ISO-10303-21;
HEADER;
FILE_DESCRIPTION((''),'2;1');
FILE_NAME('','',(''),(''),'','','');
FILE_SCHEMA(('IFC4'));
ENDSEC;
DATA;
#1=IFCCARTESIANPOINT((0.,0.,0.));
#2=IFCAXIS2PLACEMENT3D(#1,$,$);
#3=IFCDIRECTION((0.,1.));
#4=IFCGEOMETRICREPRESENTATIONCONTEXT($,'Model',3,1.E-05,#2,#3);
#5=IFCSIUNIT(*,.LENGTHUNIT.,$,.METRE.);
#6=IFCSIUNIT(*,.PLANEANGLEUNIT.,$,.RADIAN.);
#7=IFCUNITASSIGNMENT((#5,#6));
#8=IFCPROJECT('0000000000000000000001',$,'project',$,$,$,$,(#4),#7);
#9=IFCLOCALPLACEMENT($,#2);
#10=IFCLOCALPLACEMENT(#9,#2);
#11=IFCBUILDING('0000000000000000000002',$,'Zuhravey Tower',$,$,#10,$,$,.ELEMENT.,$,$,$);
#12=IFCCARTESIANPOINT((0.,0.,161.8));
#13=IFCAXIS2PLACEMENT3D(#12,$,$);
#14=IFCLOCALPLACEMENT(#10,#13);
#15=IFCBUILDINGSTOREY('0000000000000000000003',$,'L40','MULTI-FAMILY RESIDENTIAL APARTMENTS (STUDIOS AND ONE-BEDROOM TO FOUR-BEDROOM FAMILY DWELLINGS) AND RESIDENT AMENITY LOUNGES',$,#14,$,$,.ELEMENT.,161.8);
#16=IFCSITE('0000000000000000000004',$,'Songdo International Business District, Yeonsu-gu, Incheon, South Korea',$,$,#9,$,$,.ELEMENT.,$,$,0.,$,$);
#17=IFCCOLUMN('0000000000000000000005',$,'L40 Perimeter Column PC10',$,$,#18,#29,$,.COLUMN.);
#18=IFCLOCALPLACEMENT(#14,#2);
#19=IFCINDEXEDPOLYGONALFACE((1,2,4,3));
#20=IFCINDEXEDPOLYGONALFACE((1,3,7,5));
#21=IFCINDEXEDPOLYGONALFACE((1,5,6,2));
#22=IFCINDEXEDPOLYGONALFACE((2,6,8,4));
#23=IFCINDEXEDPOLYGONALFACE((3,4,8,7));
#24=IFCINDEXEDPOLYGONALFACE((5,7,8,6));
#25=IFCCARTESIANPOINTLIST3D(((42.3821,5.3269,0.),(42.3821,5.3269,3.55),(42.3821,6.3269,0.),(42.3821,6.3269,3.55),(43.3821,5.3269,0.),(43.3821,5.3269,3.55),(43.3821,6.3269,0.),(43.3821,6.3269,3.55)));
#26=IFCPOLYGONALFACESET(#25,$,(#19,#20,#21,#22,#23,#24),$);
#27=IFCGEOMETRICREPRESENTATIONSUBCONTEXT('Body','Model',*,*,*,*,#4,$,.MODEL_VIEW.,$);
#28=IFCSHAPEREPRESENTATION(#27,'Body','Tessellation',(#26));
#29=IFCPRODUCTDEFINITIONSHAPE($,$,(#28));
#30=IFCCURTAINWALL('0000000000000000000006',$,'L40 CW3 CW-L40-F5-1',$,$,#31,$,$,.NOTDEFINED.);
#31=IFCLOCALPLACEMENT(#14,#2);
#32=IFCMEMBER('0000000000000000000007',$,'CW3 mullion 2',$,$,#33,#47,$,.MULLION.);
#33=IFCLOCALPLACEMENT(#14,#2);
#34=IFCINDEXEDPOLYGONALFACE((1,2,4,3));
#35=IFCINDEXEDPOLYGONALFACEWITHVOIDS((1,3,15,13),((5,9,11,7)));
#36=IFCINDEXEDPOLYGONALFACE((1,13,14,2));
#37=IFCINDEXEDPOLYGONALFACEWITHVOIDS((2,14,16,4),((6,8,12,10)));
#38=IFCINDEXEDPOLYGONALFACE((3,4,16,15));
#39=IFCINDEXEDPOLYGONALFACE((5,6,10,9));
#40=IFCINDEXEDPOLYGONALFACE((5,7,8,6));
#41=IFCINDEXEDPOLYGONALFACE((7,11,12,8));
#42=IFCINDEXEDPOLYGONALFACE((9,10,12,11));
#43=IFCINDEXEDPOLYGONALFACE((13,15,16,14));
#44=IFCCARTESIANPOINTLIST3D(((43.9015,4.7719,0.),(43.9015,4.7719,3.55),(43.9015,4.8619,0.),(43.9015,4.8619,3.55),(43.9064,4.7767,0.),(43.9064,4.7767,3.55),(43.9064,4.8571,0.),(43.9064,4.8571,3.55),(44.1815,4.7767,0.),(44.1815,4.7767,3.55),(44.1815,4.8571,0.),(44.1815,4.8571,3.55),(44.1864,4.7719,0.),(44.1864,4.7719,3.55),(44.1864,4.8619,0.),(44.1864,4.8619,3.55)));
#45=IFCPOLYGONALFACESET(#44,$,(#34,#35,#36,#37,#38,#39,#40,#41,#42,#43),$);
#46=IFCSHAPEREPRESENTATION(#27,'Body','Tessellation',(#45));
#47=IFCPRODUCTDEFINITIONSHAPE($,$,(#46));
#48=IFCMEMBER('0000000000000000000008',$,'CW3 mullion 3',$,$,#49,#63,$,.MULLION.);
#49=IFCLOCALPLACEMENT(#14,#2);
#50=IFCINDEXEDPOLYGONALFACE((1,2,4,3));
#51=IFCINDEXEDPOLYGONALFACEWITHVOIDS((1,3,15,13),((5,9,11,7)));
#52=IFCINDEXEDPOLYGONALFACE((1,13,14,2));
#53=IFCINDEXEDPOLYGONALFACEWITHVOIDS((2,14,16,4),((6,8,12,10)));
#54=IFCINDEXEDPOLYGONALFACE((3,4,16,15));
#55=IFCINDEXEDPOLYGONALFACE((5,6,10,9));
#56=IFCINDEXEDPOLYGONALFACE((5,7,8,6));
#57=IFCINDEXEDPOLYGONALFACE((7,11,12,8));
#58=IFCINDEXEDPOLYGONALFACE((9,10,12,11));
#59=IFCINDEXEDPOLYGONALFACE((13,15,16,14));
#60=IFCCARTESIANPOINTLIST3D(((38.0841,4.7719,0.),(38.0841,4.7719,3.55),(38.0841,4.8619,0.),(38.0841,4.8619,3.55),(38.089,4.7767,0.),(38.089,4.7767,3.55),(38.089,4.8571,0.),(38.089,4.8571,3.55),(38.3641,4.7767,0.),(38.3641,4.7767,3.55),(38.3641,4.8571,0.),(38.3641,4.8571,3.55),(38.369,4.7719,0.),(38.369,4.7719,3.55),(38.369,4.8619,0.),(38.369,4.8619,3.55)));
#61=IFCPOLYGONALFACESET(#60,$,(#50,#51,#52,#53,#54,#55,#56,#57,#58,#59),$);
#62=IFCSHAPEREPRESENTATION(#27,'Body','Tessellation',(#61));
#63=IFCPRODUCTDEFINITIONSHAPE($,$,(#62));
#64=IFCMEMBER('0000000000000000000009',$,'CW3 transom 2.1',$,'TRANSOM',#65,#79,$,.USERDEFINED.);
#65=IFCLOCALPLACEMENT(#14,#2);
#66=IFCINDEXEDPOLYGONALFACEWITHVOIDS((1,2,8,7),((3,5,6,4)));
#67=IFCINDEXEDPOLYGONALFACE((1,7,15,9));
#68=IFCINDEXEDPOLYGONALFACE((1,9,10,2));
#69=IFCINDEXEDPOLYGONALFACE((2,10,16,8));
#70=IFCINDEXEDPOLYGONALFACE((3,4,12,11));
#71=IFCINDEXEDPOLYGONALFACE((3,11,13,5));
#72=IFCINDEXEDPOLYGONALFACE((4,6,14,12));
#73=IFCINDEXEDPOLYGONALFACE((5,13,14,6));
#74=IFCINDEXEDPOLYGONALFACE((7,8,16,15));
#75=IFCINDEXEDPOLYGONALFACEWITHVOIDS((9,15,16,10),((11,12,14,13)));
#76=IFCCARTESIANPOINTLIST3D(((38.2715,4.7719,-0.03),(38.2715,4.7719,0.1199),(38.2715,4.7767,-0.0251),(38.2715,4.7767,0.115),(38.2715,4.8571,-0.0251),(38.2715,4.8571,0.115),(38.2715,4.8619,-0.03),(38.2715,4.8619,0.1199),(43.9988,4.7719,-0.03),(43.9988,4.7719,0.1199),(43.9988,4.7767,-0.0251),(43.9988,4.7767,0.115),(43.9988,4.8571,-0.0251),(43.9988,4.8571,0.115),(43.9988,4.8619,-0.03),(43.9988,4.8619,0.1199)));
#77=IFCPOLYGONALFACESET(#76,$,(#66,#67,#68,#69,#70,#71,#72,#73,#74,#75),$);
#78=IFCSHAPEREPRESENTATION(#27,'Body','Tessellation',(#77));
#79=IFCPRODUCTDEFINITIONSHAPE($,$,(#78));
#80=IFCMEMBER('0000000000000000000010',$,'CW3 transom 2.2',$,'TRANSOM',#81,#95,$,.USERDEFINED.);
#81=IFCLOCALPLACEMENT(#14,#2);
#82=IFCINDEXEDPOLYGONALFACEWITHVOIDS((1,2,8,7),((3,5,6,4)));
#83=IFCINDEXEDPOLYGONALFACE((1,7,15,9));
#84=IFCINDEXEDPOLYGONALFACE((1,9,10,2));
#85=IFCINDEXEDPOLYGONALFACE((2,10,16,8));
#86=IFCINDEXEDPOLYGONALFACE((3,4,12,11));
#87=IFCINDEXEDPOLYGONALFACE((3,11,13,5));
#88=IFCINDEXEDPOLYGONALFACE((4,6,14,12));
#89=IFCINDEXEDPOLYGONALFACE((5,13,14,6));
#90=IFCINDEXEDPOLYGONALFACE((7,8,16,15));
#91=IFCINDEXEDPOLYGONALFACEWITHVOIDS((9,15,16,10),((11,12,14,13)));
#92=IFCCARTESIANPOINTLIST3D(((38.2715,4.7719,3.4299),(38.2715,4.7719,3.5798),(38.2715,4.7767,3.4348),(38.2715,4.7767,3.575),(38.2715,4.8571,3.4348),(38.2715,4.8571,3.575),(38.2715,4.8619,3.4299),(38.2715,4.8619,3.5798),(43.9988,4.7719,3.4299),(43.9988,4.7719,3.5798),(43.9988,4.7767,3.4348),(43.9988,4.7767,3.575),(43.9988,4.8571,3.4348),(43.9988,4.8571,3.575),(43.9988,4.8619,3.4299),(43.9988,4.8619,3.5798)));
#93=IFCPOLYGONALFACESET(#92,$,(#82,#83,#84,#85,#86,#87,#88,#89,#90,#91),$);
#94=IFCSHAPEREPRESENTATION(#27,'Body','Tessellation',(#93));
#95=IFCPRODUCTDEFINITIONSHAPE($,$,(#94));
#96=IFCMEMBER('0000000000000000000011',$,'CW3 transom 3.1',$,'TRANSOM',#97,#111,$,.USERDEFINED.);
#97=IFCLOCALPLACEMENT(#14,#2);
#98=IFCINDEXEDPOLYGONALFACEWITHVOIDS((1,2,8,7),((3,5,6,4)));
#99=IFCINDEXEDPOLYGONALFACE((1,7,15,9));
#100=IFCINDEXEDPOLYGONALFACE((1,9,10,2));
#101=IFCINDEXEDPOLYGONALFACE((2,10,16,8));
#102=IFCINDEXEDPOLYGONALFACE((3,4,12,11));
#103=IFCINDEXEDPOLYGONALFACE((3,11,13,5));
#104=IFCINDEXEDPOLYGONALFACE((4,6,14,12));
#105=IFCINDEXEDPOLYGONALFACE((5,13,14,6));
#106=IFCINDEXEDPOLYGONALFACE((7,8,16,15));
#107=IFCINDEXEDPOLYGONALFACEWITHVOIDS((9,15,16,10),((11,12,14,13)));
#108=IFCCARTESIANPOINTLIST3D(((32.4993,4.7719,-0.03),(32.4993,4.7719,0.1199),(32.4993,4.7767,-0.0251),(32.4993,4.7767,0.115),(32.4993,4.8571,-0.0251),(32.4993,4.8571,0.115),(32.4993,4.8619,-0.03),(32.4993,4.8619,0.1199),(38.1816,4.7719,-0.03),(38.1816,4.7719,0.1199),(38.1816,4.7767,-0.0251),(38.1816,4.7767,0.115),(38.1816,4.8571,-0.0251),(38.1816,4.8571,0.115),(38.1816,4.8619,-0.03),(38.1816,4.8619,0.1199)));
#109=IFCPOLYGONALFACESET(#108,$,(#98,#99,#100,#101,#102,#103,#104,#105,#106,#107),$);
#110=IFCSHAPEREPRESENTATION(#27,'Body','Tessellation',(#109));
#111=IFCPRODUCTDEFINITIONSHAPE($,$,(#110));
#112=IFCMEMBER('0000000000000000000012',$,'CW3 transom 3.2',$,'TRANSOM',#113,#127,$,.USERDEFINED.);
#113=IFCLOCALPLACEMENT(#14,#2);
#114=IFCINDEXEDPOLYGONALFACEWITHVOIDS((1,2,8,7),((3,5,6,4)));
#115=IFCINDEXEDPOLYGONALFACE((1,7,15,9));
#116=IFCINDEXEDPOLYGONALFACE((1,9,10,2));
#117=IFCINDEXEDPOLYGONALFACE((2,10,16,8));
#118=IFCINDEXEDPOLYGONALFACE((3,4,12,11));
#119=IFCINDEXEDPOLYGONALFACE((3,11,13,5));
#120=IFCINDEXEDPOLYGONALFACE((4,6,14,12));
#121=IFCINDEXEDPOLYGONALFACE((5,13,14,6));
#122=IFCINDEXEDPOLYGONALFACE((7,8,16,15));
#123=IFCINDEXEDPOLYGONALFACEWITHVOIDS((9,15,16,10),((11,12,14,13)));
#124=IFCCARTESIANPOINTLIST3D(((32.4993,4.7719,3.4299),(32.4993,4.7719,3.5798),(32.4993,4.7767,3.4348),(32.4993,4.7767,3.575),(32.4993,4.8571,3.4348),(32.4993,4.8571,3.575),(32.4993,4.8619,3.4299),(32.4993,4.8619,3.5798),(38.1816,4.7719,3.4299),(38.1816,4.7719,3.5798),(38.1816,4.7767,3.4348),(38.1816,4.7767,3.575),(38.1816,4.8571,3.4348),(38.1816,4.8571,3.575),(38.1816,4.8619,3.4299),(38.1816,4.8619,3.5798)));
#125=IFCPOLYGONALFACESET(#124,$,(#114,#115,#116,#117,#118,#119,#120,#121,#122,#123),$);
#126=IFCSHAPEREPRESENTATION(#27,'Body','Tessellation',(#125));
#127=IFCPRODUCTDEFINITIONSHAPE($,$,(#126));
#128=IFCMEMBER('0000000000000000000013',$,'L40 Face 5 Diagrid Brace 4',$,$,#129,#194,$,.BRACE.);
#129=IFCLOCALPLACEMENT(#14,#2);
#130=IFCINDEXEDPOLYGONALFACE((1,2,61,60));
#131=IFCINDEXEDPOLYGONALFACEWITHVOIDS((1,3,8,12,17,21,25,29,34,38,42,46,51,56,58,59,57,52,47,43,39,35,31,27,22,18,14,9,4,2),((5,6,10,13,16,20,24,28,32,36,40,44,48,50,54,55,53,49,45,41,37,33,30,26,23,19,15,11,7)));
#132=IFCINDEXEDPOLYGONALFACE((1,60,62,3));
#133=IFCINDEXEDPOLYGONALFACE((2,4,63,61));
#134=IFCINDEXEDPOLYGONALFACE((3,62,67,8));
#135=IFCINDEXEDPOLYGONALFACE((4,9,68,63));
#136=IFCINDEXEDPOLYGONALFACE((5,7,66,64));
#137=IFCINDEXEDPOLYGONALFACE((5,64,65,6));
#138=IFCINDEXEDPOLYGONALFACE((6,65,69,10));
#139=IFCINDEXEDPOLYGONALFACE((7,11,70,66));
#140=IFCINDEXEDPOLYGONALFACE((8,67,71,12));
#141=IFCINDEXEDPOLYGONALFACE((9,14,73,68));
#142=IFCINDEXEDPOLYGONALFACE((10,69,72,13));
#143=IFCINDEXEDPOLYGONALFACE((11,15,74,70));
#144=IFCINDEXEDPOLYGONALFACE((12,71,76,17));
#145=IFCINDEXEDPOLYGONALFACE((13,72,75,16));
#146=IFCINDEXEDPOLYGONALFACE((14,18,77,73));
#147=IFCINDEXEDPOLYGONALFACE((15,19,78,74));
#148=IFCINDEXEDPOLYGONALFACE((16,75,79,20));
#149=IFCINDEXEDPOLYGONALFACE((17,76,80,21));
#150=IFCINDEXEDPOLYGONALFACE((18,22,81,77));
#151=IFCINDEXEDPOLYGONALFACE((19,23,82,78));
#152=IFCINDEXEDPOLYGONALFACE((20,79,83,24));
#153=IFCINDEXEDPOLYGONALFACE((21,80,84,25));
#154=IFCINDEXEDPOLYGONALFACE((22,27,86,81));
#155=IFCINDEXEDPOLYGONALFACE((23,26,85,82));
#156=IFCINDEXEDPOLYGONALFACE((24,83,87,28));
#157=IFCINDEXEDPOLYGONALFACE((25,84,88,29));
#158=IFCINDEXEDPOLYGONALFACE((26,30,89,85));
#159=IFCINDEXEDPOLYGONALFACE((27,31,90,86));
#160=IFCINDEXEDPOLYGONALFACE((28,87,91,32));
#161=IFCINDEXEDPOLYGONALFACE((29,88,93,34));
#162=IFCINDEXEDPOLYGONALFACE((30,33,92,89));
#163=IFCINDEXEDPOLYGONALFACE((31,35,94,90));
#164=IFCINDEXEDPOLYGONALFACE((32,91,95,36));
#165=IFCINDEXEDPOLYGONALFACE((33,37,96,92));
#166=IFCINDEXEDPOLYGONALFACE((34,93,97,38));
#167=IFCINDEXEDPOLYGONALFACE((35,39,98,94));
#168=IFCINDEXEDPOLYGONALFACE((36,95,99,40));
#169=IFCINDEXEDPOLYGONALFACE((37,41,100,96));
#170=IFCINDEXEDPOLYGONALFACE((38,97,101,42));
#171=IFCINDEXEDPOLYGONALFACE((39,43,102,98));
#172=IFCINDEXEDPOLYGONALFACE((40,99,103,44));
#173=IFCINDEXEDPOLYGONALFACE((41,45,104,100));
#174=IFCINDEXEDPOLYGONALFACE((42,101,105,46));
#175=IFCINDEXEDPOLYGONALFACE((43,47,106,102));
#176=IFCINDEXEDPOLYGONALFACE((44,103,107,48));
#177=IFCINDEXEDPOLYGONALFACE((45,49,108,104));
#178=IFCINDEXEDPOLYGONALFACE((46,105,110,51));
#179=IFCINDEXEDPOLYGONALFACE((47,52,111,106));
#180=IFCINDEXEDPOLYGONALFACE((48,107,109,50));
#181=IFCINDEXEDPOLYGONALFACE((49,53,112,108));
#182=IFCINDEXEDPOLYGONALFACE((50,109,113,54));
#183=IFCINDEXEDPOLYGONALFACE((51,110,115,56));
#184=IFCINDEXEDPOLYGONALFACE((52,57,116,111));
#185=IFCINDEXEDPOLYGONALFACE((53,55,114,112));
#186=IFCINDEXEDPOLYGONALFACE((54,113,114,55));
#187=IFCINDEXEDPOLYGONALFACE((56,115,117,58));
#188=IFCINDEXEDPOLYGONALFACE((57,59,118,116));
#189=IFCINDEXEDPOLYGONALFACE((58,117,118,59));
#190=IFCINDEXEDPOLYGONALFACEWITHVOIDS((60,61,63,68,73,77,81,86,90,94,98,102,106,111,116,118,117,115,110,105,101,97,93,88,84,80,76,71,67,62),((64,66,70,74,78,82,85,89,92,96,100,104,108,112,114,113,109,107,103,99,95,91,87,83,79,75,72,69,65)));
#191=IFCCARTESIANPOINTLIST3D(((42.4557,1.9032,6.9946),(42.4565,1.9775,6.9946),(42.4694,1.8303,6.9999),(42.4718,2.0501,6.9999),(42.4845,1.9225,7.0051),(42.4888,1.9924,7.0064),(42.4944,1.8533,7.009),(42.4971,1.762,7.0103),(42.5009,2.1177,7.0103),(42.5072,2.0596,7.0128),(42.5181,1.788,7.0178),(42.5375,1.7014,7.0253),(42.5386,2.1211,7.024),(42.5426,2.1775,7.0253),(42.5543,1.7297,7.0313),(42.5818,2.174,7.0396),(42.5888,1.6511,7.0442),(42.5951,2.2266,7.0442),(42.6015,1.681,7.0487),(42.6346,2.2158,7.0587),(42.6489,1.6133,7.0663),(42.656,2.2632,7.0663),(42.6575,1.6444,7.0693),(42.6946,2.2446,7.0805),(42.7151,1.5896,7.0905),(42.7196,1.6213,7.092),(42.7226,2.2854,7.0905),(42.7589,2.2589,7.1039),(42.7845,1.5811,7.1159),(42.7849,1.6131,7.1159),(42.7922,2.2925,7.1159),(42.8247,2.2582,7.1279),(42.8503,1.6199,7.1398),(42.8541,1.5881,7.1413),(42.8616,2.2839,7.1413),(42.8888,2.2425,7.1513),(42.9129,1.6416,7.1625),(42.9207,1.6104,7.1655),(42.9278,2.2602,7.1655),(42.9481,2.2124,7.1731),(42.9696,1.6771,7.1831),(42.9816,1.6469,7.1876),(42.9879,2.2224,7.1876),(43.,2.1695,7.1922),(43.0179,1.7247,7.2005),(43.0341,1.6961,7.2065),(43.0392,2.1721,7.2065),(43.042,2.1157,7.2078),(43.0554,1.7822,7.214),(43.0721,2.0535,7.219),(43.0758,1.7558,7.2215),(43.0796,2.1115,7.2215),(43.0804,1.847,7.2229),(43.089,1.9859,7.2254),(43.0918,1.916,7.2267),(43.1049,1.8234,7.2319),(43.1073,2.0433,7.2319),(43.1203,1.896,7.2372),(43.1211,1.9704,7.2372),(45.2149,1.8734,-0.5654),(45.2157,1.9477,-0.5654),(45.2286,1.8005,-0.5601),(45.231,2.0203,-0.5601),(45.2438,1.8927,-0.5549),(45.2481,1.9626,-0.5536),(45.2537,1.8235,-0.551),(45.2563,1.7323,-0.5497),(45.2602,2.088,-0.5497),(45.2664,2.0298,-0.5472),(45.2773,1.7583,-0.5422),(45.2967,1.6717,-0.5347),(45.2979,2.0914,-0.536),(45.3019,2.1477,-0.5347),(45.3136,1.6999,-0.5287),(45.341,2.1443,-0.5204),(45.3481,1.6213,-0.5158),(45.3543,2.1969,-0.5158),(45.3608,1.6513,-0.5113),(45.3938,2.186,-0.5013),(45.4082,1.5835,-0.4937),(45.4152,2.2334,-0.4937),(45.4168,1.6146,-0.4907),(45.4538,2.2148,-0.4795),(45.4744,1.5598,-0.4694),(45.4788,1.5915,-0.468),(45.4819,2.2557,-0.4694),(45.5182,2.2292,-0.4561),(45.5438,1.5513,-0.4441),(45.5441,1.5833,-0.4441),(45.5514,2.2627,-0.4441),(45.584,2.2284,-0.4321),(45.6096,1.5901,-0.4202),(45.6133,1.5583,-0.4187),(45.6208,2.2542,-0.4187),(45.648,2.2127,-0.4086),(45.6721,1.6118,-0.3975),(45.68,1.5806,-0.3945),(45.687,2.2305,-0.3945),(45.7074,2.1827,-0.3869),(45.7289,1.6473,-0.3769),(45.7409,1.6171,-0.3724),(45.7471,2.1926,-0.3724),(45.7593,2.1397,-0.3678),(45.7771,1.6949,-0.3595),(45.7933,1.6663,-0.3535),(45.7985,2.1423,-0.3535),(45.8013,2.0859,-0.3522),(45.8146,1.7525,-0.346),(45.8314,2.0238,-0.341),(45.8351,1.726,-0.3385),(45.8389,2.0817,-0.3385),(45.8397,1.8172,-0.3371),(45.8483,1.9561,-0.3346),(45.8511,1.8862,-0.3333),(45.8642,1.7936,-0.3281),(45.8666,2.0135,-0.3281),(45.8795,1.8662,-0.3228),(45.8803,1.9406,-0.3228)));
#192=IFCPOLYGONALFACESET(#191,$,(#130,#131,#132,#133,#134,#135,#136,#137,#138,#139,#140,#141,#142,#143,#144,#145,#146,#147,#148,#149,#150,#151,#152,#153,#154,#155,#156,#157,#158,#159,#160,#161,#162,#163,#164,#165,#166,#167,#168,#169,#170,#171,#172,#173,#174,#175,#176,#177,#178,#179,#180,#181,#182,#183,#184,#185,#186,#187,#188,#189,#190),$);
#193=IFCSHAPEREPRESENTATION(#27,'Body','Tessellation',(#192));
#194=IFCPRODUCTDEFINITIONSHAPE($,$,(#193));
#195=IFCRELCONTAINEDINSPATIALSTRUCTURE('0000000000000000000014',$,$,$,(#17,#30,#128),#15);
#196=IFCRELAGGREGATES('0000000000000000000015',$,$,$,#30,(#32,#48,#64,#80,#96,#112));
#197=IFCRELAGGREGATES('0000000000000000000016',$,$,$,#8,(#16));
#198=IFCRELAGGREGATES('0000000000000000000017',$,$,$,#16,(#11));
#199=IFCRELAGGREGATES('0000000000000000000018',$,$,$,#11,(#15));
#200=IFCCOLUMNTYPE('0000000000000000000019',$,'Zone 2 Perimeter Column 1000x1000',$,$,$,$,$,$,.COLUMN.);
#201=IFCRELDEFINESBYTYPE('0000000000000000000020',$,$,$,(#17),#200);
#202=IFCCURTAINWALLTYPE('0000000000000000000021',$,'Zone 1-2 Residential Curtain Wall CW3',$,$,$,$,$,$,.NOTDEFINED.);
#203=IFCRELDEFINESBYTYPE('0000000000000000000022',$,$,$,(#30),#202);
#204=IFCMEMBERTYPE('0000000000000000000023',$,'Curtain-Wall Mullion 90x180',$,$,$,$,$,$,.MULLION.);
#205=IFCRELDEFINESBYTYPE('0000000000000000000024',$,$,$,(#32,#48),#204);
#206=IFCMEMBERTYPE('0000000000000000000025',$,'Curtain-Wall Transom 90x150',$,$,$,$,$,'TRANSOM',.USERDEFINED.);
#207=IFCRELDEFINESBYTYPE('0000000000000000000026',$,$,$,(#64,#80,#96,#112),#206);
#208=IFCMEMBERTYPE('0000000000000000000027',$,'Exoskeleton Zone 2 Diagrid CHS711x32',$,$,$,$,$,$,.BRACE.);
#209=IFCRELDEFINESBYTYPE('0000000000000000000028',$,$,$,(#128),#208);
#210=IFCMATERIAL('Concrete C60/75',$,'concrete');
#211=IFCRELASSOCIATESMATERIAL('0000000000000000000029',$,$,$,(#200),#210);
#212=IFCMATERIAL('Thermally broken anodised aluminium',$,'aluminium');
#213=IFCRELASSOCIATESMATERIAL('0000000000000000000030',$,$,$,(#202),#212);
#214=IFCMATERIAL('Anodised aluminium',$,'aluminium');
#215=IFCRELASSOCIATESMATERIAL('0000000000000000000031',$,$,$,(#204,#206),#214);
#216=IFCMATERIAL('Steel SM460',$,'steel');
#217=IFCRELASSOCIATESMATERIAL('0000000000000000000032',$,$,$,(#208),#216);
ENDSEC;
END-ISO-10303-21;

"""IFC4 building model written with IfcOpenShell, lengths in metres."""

from ifc_helpers import new_model, si_unit, direction, frame, origin, origin_2d, place, context, subcontext, project, spatial, rectangle, hollow_rectangle, hollow_circle, extrude, material, material_profile, profile_set, type_object, element, aggregate, save


model = new_model("IFC4")

# Units and contexts
model_context = context("Model", 3, precision=1e-05, world=origin(), true_north=direction((0.0, 1.0)))
body_context = subcontext(model_context, "Body", "Model", "MODEL_VIEW")
ifc_project = project(units=[si_unit("LENGTHUNIT", "METRE"), si_unit("PLANEANGLEUNIT", "RADIAN")], contexts=[model_context])

# Site, building, storey
site_placement = place(None, origin())
site = spatial("IfcSite", under=ifc_project, at=site_placement, Name="Songdo International Business District, Yeonsu-gu, Incheon, South Korea", CompositionType="ELEMENT", RefElevation=0.0)
building_placement = place(site_placement, origin())
building = spatial("IfcBuilding", under=site, at=building_placement, Name="Zuhravey Tower", CompositionType="ELEMENT")
storey_placement = place(building_placement, frame((0.0, 0.0, 161.8)))
storey = spatial("IfcBuildingStorey", under=building, at=storey_placement, Name="L40", Description="MULTI-FAMILY RESIDENTIAL APARTMENTS (STUDIOS AND ONE-BEDROOM TO FOUR-BEDROOM FAMILY DWELLINGS) AND RESIDENT AMENITY LOUNGES", CompositionType="ELEMENT", Elevation=161.8)

# Column
ifc_material_1 = material(Name="Concrete C60/75", Category="concrete")
ifc_material_profile_1 = material_profile(ifc_material_1, rectangle(XDim=1.0, YDim=1.0, at=origin_2d()), Name="RC-1000x1000")
ifc_profile_set_1 = profile_set([ifc_material_profile_1], Name="Concrete C60/75")
column_type = type_object("IfcColumnType", Name="Zone 2 Perimeter Column 1000x1000", PredefinedType="COLUMN", material=ifc_profile_set_1)
column_placement = place(storey_placement, frame((42.8821, 5.8269, 0.0), z_axis=(0.0, 0.0, 1.0), x_axis=(1.0, 0.0, 0.0)))
element("IfcColumn", 1, at=column_placement, inside=storey, type_object=column_type, Name="L40 Perimeter Column PC10", PredefinedType="COLUMN", context=body_context, shape_type="SweptSolid", body=[
    extrude(rectangle(XDim=1.0, YDim=1.0, at=origin_2d()), origin(), (0.0, 0.0, 1.0), 3.55),
])

# Curtain wall, members
ifc_material_2 = material(Name="Thermally broken anodised aluminium", Category="aluminium")
curtain_wall_type = type_object("IfcCurtainWallType", Name="Zone 1-2 Residential Curtain Wall CW3", PredefinedType="NOTDEFINED", material=ifc_material_2)
curtain_wall_placement = place(storey_placement, origin())
curtain_wall = element("IfcCurtainWall", 2, at=curtain_wall_placement, inside=storey, type_object=curtain_wall_type, Name="L40 CW3 CW-L40-F5-1", PredefinedType="NOTDEFINED")
ifc_material_3 = material(Name="Anodised aluminium", Category="aluminium")
ifc_material_profile_2 = material_profile(ifc_material_3, hollow_rectangle(XDim=0.0901, YDim=0.2849, WallThickness=0.0049, at=origin_2d()), Name="ALU-RHS-90x285x5")
ifc_profile_set_2 = profile_set([ifc_material_profile_2], Name="Anodised aluminium")
member_type_1 = type_object("IfcMemberType", Name="Curtain-Wall Mullion 90x180", PredefinedType="MULLION", material=ifc_profile_set_2)
member_1_placement = place(storey_placement, frame((44.0439, 4.8169, 0.0), z_axis=(0.0, 0.0, 1.0), x_axis=(0.0, -1.0, 0.0)))
member_1 = element("IfcMember", 3, at=member_1_placement, type_object=member_type_1, Name="CW3 mullion 2", PredefinedType="MULLION", context=body_context, shape_type="SweptSolid", body=[
    extrude(hollow_rectangle(XDim=0.0901, YDim=0.2849, WallThickness=0.0049, at=origin_2d()), origin(), (0.0, 0.0, 1.0), 3.55),
])
member_2_placement = place(storey_placement, frame((38.2266, 4.8169, 0.0), z_axis=(0.0, 0.0, 1.0), x_axis=(0.0, -1.0, 0.0)))
member_2 = element("IfcMember", 4, at=member_2_placement, type_object=member_type_1, Name="CW3 mullion 3", PredefinedType="MULLION", context=body_context, shape_type="SweptSolid", body=[
    extrude(hollow_rectangle(XDim=0.0901, YDim=0.2849, WallThickness=0.0049, at=origin_2d()), origin(), (0.0, 0.0, 1.0), 3.55),
])
ifc_material_profile_3 = material_profile(ifc_material_3, hollow_rectangle(XDim=0.0901, YDim=0.1499, WallThickness=0.0049, at=origin_2d()), Name="ALU-RHS-90x150x5")
ifc_profile_set_3 = profile_set([ifc_material_profile_3], Name="Anodised aluminium")
member_type_2 = type_object("IfcMemberType", Name="Curtain-Wall Transom 90x150", ElementType="TRANSOM", PredefinedType="USERDEFINED", material=ifc_profile_set_3)
member_3_placement = place(storey_placement, frame((43.9988, 4.8169, 0.0449), z_axis=(-1.0, 0.0, 0.0), x_axis=(0.0, -1.0, 0.0)))
member_3 = element("IfcMember", 5, at=member_3_placement, type_object=member_type_2, Name="CW3 transom 2.1", ObjectType="TRANSOM", PredefinedType="USERDEFINED", context=body_context, shape_type="SweptSolid", body=[
    extrude(hollow_rectangle(XDim=0.0901, YDim=0.1499, WallThickness=0.0049, at=origin_2d()), origin(), (0.0, 0.0, 1.0), 5.7273),
])
member_4_placement = place(storey_placement, frame((43.9988, 4.8169, 3.5049), z_axis=(-1.0, 0.0, 0.0), x_axis=(0.0, -1.0, 0.0)))
member_4 = element("IfcMember", 6, at=member_4_placement, type_object=member_type_2, Name="CW3 transom 2.2", ObjectType="TRANSOM", PredefinedType="USERDEFINED", context=body_context, shape_type="SweptSolid", body=[
    extrude(hollow_rectangle(XDim=0.0901, YDim=0.1499, WallThickness=0.0049, at=origin_2d()), origin(), (0.0, 0.0, 1.0), 5.7273),
])
member_5_placement = place(storey_placement, frame((38.1816, 4.8169, 0.0449), z_axis=(-1.0, 0.0, 0.0), x_axis=(0.0, -1.0, 0.0)))
member_5 = element("IfcMember", 7, at=member_5_placement, type_object=member_type_2, Name="CW3 transom 3.1", ObjectType="TRANSOM", PredefinedType="USERDEFINED", context=body_context, shape_type="SweptSolid", body=[
    extrude(hollow_rectangle(XDim=0.0901, YDim=0.1499, WallThickness=0.0049, at=origin_2d()), origin(), (0.0, 0.0, 1.0), 5.6824),
])
member_6_placement = place(storey_placement, frame((38.1816, 4.8169, 3.5049), z_axis=(-1.0, 0.0, 0.0), x_axis=(0.0, -1.0, 0.0)))
member_6 = element("IfcMember", 8, at=member_6_placement, type_object=member_type_2, Name="CW3 transom 3.2", ObjectType="TRANSOM", PredefinedType="USERDEFINED", context=body_context, shape_type="SweptSolid", body=[
    extrude(hollow_rectangle(XDim=0.0901, YDim=0.1499, WallThickness=0.0049, at=origin_2d()), origin(), (0.0, 0.0, 1.0), 5.6824),
])

# Member
ifc_material_4 = material(Name="Steel SM460", Category="steel")
ifc_material_profile_4 = material_profile(ifc_material_4, hollow_circle(Radius=0.3557, WallThickness=0.032, at=origin_2d()), Name="CHS-711.2x32")
ifc_profile_set_4 = profile_set([ifc_material_profile_4], Name="Steel SM460")
member_type_3 = type_object("IfcMemberType", Name="Exoskeleton Zone 2 Diagrid CHS711x32", PredefinedType="BRACE", material=ifc_profile_set_4)
member_7_placement = place(storey_placement, frame((45.5476, 1.907, -0.4441), z_axis=(-0.342856, 0.003701, 0.939381), x_axis=(-0.010794, -0.999942, 0.0)))
element("IfcMember", 9, at=member_7_placement, inside=storey, type_object=member_type_3, Name="L40 Face 5 Diagrid Brace 4", PredefinedType="BRACE", context=body_context, shape_type="SweptSolid", body=[
    extrude(hollow_circle(Radius=0.3557, WallThickness=0.032, at=origin_2d()), origin(), (0.0, 0.0, 1.0), 8.0479),
])

aggregate(curtain_wall, [member_1, member_2, member_3, member_4, member_5, member_6])

save(model, "model.ifc")
